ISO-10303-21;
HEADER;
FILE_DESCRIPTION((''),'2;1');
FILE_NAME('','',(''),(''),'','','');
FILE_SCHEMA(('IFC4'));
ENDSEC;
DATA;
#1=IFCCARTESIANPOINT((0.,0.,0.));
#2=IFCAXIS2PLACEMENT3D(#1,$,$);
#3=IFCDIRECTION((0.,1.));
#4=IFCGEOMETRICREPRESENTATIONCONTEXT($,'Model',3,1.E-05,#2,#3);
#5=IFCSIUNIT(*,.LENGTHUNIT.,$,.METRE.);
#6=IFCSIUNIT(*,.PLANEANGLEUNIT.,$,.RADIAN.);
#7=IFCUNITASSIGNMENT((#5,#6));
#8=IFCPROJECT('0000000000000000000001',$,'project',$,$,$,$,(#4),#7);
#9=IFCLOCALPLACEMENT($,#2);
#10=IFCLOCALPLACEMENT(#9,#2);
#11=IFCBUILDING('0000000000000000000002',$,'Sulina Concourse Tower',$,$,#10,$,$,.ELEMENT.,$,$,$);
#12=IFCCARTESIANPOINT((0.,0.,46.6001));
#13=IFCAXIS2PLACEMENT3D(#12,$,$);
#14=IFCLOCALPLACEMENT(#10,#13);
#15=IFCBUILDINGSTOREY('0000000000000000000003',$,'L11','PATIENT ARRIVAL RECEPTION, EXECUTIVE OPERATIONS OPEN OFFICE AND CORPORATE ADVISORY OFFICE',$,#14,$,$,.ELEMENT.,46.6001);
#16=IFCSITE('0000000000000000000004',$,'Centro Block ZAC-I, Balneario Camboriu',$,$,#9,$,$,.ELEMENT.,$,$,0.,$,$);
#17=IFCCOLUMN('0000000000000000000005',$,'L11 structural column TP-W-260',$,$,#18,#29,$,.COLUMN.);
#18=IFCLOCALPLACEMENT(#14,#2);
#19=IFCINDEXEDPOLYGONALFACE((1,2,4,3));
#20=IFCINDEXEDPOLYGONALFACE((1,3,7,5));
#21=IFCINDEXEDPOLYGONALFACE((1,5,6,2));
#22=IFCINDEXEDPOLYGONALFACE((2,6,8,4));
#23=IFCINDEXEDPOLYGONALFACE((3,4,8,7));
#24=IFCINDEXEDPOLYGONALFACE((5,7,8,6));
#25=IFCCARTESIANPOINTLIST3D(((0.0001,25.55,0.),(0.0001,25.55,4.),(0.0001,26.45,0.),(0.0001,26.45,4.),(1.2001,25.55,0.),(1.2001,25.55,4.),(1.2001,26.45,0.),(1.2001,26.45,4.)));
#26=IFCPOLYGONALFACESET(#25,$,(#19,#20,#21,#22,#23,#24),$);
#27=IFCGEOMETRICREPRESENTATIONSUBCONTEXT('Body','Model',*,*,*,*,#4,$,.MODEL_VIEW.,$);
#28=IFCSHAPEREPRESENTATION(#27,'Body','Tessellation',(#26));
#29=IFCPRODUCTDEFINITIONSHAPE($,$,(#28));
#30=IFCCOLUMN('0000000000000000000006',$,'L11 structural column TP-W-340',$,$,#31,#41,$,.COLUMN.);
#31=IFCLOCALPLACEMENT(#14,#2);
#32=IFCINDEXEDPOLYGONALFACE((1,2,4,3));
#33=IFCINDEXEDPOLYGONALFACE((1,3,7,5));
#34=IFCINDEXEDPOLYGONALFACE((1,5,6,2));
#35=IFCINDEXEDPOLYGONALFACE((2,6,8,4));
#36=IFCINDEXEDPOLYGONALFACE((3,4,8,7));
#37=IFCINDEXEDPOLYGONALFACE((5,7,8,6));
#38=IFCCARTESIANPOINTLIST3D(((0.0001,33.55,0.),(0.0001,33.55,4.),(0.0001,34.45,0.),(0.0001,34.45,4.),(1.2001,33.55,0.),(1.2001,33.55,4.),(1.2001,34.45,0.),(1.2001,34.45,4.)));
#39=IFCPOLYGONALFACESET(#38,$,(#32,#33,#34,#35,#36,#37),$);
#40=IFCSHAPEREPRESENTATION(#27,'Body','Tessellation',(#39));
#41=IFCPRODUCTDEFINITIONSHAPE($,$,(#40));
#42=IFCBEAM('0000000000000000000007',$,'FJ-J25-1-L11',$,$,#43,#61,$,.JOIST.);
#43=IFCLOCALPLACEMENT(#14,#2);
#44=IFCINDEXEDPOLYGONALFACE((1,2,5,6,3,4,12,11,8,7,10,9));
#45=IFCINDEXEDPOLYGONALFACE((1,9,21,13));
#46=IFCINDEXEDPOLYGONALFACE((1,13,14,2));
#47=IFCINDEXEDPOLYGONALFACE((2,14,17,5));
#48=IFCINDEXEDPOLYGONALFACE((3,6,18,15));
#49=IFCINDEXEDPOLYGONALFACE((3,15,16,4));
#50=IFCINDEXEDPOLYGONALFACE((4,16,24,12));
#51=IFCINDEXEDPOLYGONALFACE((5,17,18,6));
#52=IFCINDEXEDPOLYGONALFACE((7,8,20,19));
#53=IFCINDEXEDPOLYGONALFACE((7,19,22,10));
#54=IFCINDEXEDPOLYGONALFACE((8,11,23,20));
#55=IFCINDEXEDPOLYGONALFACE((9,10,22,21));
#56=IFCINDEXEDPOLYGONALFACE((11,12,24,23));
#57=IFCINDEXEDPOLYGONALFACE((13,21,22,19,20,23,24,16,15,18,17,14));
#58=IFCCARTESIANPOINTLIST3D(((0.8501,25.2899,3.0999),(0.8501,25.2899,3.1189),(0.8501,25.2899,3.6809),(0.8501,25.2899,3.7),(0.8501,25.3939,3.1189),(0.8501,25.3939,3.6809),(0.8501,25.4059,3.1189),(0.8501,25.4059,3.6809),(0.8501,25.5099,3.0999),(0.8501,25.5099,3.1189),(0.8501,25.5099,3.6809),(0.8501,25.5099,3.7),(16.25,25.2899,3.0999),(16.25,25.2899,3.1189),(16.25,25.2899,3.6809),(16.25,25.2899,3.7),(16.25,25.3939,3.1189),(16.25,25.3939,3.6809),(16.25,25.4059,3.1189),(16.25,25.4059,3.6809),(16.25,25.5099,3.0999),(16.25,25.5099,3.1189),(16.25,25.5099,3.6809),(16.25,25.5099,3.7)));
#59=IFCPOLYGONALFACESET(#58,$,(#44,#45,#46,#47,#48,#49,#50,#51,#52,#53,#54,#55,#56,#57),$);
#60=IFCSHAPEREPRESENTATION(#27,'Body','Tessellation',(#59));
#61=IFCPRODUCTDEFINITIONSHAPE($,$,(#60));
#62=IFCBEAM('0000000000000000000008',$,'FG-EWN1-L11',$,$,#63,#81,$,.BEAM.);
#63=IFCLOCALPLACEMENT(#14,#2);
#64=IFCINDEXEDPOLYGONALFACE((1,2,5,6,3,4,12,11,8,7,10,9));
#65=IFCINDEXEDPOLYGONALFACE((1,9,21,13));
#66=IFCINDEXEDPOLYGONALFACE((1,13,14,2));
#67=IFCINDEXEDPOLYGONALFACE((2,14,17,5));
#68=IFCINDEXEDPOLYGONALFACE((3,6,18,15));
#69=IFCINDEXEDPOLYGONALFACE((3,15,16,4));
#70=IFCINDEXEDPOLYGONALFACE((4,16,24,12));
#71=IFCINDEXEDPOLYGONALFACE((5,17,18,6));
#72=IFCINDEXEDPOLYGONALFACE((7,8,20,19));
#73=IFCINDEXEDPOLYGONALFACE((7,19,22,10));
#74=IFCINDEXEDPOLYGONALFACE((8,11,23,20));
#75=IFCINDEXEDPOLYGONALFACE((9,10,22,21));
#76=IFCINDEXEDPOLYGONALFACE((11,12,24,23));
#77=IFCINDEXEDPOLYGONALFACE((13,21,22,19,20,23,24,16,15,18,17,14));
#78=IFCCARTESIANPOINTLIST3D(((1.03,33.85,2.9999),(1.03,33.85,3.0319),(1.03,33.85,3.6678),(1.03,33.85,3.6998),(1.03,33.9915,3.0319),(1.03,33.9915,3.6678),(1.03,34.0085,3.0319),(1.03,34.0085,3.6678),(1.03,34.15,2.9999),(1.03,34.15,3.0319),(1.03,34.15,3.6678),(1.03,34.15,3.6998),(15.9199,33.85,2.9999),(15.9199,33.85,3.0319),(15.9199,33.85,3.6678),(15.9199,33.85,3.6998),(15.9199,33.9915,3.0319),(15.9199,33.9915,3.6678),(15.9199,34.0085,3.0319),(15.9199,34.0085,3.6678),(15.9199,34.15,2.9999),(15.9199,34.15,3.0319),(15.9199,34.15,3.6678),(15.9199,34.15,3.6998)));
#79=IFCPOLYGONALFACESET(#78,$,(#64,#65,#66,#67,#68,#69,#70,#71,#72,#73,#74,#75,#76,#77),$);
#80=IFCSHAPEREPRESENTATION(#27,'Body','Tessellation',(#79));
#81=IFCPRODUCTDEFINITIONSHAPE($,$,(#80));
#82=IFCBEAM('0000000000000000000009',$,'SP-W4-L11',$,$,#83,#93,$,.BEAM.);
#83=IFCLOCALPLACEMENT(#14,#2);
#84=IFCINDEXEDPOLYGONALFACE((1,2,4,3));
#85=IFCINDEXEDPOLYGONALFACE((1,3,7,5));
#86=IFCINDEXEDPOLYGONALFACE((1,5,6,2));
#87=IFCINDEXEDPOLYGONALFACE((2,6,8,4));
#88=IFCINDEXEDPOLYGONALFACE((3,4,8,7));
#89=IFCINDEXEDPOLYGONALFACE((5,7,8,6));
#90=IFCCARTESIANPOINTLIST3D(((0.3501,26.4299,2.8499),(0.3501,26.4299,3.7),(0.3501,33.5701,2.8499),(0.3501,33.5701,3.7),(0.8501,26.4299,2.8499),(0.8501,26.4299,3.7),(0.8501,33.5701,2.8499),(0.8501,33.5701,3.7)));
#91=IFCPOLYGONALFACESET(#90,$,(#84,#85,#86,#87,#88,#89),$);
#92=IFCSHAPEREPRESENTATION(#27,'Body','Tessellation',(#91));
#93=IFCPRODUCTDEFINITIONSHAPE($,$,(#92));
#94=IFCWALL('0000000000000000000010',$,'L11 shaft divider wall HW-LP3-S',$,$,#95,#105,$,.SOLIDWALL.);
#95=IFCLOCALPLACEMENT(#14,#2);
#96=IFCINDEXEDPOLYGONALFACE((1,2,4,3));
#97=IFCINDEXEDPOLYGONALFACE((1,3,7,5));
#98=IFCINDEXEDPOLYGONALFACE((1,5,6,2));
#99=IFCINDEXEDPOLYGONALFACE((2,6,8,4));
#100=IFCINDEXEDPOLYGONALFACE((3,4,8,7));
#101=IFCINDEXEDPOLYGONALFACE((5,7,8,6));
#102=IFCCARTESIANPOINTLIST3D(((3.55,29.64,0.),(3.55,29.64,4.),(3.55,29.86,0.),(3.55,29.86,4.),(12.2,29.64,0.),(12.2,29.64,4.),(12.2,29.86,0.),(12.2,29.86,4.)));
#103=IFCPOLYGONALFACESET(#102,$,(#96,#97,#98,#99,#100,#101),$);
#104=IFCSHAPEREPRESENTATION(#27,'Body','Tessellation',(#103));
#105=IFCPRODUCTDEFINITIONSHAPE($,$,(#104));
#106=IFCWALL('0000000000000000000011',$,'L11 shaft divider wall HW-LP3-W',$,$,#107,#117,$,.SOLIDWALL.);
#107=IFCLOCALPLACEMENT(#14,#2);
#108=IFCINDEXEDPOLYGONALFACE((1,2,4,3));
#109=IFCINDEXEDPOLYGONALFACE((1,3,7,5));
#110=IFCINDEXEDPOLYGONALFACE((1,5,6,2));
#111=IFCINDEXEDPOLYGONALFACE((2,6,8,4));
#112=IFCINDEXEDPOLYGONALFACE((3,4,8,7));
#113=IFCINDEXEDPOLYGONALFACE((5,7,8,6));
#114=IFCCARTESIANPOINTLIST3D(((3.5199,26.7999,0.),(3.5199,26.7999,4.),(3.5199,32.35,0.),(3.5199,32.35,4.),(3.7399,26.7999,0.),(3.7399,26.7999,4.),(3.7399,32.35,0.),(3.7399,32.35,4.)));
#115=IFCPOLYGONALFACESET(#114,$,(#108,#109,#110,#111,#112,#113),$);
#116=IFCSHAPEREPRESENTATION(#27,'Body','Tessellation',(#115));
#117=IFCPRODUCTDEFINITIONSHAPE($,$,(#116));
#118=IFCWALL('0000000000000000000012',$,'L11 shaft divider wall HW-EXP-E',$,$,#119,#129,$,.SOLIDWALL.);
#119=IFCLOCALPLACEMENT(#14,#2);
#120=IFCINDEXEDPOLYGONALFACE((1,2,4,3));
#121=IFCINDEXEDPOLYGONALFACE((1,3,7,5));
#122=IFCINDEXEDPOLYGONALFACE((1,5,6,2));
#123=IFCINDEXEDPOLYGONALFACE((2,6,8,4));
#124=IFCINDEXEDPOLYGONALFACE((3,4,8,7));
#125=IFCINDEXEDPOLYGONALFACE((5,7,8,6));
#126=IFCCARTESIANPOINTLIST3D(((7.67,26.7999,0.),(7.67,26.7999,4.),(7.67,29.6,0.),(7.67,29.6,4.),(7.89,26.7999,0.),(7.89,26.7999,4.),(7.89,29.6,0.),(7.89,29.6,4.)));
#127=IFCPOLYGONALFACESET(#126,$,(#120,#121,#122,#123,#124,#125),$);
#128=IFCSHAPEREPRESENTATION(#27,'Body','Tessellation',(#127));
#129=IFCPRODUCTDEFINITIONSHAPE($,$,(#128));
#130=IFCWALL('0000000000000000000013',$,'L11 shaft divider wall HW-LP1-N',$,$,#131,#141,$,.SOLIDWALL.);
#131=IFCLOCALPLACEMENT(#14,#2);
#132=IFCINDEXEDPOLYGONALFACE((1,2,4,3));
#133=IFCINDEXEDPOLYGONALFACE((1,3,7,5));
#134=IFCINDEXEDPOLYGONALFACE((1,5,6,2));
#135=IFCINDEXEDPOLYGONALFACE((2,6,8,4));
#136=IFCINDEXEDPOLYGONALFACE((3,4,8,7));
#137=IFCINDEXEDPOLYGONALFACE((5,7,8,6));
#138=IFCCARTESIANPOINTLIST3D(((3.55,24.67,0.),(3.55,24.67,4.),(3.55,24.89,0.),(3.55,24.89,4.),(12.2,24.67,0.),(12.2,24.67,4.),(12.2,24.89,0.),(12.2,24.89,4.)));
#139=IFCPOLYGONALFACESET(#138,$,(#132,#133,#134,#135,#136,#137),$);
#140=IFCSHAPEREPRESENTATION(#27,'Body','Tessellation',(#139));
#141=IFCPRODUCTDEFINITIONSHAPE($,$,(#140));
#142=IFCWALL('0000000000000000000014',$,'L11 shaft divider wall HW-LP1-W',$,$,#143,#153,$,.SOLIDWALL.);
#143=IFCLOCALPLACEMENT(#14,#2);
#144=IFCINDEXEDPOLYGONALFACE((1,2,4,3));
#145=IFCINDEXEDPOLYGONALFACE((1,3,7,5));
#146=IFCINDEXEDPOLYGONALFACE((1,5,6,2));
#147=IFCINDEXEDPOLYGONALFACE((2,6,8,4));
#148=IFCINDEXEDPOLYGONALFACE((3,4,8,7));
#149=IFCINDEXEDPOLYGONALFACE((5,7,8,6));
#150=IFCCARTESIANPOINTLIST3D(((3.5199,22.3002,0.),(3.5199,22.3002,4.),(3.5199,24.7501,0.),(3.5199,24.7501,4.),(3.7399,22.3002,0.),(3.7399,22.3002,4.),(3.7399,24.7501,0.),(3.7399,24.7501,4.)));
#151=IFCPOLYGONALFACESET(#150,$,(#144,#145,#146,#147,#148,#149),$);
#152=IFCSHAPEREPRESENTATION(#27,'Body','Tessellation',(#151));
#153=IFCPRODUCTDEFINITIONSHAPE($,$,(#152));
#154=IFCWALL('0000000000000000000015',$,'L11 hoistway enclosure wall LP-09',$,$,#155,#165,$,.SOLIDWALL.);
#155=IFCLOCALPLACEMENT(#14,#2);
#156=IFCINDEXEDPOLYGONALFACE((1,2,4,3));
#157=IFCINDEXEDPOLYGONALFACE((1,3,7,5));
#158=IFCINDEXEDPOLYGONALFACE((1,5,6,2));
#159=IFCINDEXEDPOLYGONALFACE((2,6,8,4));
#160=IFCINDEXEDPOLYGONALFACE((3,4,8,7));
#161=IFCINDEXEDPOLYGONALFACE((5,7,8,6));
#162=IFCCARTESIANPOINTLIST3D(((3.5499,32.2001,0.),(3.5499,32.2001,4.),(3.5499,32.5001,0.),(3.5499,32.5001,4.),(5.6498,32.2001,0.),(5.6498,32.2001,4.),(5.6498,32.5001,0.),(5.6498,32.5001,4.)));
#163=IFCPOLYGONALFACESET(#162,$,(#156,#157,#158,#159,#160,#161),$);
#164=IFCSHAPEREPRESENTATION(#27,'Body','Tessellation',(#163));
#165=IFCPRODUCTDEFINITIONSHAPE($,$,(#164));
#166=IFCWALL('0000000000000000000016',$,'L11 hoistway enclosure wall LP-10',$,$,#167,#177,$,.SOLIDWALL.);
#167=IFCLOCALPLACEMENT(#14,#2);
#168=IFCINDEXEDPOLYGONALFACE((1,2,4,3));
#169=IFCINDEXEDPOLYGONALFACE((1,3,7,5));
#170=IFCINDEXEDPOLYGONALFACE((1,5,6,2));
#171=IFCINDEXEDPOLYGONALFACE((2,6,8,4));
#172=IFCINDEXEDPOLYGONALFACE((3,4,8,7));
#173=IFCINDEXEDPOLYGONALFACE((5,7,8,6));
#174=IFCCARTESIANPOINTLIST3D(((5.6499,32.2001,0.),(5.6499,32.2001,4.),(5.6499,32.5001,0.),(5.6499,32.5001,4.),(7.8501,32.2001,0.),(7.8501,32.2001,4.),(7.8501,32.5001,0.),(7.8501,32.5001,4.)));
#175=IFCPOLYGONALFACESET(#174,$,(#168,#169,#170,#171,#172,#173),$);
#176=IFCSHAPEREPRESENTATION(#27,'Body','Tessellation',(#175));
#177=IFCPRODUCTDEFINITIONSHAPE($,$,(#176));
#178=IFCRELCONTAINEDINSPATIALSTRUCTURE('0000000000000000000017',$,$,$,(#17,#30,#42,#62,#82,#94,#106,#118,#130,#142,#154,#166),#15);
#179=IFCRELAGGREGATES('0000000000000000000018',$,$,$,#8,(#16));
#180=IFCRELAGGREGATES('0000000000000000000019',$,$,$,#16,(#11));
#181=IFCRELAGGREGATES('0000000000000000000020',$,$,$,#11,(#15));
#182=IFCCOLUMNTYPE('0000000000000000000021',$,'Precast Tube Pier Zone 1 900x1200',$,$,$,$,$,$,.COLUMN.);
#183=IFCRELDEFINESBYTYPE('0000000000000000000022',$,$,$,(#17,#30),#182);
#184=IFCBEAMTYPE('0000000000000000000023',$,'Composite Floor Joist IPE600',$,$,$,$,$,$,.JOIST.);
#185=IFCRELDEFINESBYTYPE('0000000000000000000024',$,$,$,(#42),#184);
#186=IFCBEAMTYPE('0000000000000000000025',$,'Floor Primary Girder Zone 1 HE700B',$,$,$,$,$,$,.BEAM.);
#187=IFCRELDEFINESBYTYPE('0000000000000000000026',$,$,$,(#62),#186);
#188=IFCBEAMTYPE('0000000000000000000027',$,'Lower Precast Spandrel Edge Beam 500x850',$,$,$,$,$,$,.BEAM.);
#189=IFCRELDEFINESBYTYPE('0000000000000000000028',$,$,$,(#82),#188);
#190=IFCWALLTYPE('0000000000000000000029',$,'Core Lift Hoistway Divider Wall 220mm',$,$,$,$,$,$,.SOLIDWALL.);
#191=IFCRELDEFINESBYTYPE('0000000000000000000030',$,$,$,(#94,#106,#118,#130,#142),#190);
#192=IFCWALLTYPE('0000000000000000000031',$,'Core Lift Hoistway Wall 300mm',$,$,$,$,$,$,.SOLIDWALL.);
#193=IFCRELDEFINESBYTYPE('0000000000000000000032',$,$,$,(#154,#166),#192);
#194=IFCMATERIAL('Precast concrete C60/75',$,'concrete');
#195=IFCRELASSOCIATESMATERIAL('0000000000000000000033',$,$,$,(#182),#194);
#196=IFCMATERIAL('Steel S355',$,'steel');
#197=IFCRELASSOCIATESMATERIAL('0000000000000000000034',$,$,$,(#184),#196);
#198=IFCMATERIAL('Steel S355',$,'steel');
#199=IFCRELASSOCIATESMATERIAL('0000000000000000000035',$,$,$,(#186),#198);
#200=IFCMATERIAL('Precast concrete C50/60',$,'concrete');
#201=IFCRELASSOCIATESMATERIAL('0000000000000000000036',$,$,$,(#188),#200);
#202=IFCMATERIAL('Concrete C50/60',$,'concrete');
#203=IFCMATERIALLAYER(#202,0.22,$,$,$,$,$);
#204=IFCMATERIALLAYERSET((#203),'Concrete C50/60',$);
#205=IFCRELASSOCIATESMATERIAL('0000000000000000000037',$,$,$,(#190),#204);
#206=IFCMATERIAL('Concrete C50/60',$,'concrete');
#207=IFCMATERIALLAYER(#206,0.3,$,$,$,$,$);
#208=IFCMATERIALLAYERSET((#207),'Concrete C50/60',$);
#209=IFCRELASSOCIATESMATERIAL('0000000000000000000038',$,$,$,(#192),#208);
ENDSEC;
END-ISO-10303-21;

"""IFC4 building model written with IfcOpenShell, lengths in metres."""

from ifc_helpers import new_model, si_unit, direction, frame, frame_2d, origin, origin_2d, place, context, subcontext, project, spatial, rectangle, i_section, extrude, material, layer, layer_set, material_profile, profile_set, type_object, element, save


model = new_model("IFC4")

# Units and contexts
model_context = context("Model", 3, precision=1e-05, world=origin(), true_north=direction((0.0, 1.0)))
body_context = subcontext(model_context, "Body", "Model", "MODEL_VIEW")
ifc_project = project(units=[si_unit("LENGTHUNIT", "METRE"), si_unit("PLANEANGLEUNIT", "RADIAN")], contexts=[model_context])

# Site, building, storey
site_placement = place(None, origin())
site = spatial("IfcSite", under=ifc_project, at=site_placement, Name="Centro Block ZAC-I, Balneario Camboriu", CompositionType="ELEMENT", RefElevation=0.0)
building_placement = place(site_placement, origin())
building = spatial("IfcBuilding", under=site, at=building_placement, Name="Sulina Concourse Tower", CompositionType="ELEMENT")
storey_placement = place(building_placement, frame((0.0, 0.0, 46.6001)))
storey = spatial("IfcBuildingStorey", under=building, at=storey_placement, Name="L11", Description="PATIENT ARRIVAL RECEPTION, EXECUTIVE OPERATIONS OPEN OFFICE AND CORPORATE ADVISORY OFFICE", CompositionType="ELEMENT", Elevation=46.6001)

# Columns
ifc_material_1 = material(Name="Precast concrete C60/75", Category="concrete")
ifc_material_profile_1 = material_profile(ifc_material_1, rectangle(XDim=0.8999, YDim=1.2, at=origin_2d()), Name="PC 900x1200")
ifc_profile_set_1 = profile_set([ifc_material_profile_1], Name="Precast concrete C60/75")
column_type = type_object("IfcColumnType", Name="Precast Tube Pier Zone 1 900x1200", PredefinedType="COLUMN", material=ifc_profile_set_1)
for number, where, z_axis, x_axis, name in (
    (1, (0.6001, 26.0, 0.0), (0.0, 0.0, 1.0), (0.0, 1.0, 0.0), "L11 structural column TP-W-260"),
    (2, (0.6001, 34.0, 0.0), (0.0, 0.0, 1.0), (0.0, 1.0, 0.0), "L11 structural column TP-W-340"),
):
    element("IfcColumn", number, at=place(storey_placement, frame(where, z_axis=z_axis, x_axis=x_axis)), inside=storey, type_object=column_type, Name=name, PredefinedType="COLUMN", context=body_context, shape_type="SweptSolid", body=[
        extrude(rectangle(XDim=0.8999, YDim=1.2, at=origin_2d()), origin(), (0.0, 0.0, 1.0), 4.0),
    ])

# Beams
ifc_material_2 = material(Name="Steel S355", Category="steel")
ifc_material_profile_2 = material_profile(ifc_material_2, i_section(OverallWidth=0.22, OverallDepth=0.6001, WebThickness=0.012, FlangeThickness=0.019, at=origin_2d()), Name="IPE 600")
ifc_profile_set_2 = profile_set([ifc_material_profile_2], Name="Steel S355")
beam_type_1 = type_object("IfcBeamType", Name="Composite Floor Joist IPE600", PredefinedType="JOIST", material=ifc_profile_set_2)
beam_1_placement = place(storey_placement, frame((0.8501, 25.3999, 3.3999), z_axis=(1.0, 0.0, 0.0), x_axis=(0.0, 1.0, 0.0)))
element("IfcBeam", 3, at=beam_1_placement, inside=storey, type_object=beam_type_1, Name="FJ-J25-1-L11", PredefinedType="JOIST", context=body_context, shape_type="SweptSolid", body=[
    extrude(i_section(OverallWidth=0.22, OverallDepth=0.6001, WebThickness=0.012, FlangeThickness=0.019, at=origin_2d()), origin(), (0.0, 0.0, 1.0), 15.3999),
])
ifc_material_3 = material(Name="Steel S355", Category="steel")
ifc_material_profile_3 = material_profile(ifc_material_3, i_section(OverallWidth=0.3, OverallDepth=0.7, WebThickness=0.0171, FlangeThickness=0.032, at=origin_2d()), Name="HE 700 B")
ifc_profile_set_3 = profile_set([ifc_material_profile_3], Name="Steel S355")
beam_type_2 = type_object("IfcBeamType", Name="Floor Primary Girder Zone 1 HE700B", PredefinedType="BEAM", material=ifc_profile_set_3)
beam_2_placement = place(storey_placement, frame((1.03, 34.0, 3.3499), z_axis=(1.0, 0.0, 0.0), x_axis=(0.0, 1.0, 0.0)))
element("IfcBeam", 4, at=beam_2_placement, inside=storey, type_object=beam_type_2, Name="FG-EWN1-L11", PredefinedType="BEAM", context=body_context, shape_type="SweptSolid", body=[
    extrude(i_section(OverallWidth=0.3, OverallDepth=0.7, WebThickness=0.0171, FlangeThickness=0.032, at=origin_2d()), origin(), (0.0, 0.0, 1.0), 14.8899),
])
ifc_material_4 = material(Name="Precast concrete C50/60", Category="concrete")
ifc_material_profile_4 = material_profile(ifc_material_4, rectangle(XDim=0.5, YDim=0.8501, at=origin_2d()), Name="RC 500x850")
ifc_profile_set_4 = profile_set([ifc_material_profile_4], Name="Precast concrete C50/60")
beam_type_3 = type_object("IfcBeamType", Name="Lower Precast Spandrel Edge Beam 500x850", PredefinedType="BEAM", material=ifc_profile_set_4)
beam_3_placement = place(storey_placement, frame((0.6001, 26.4299, 3.2749), z_axis=(0.0, 1.0, 0.0), x_axis=(-1.0, 0.0, 0.0)))
element("IfcBeam", 5, at=beam_3_placement, inside=storey, type_object=beam_type_3, Name="SP-W4-L11", PredefinedType="BEAM", context=body_context, shape_type="SweptSolid", body=[
    extrude(rectangle(XDim=0.5, YDim=0.8501, at=origin_2d()), origin(), (0.0, 0.0, 1.0), 7.1401),
])

# Walls
ifc_material_5 = material(Name="Concrete C50/60", Category="concrete")
ifc_layer_1 = layer(ifc_material_5, 0.22)
ifc_layer_set_1 = layer_set([ifc_layer_1], Name="Concrete C50/60")
wall_type_1 = type_object("IfcWallType", Name="Core Lift Hoistway Divider Wall 220mm", PredefinedType="SOLIDWALL", material=ifc_layer_set_1)
wall_1_placement = place(storey_placement, frame((3.55, 29.75, 0.0), z_axis=(0.0, 0.0, 1.0), x_axis=(1.0, 0.0, 0.0)))
element("IfcWall", 6, at=wall_1_placement, inside=storey, type_object=wall_type_1, Name="L11 shaft divider wall HW-LP3-S", PredefinedType="SOLIDWALL", context=body_context, shape_type="SweptSolid", body=[
    extrude(rectangle(XDim=8.6499, YDim=0.22, at=frame_2d((4.325, 0.0))), origin(), (0.0, 0.0, 1.0), 4.0),
])
wall_2_placement = place(storey_placement, frame((3.6299, 26.8, 0.0), z_axis=(0.0, 0.0, 1.0), x_axis=(0.0, 1.0, 0.0)))
element("IfcWall", 7, at=wall_2_placement, inside=storey, type_object=wall_type_1, Name="L11 shaft divider wall HW-LP3-W", PredefinedType="SOLIDWALL", context=body_context, shape_type="SweptSolid", body=[
    extrude(rectangle(XDim=5.55, YDim=0.22, at=frame_2d((2.7749, 0.0))), origin(), (0.0, 0.0, 1.0), 4.0),
])
wall_3_placement = place(storey_placement, frame((7.78, 26.8, 0.0), z_axis=(0.0, 0.0, 1.0), x_axis=(0.0, 1.0, 0.0)))
element("IfcWall", 8, at=wall_3_placement, inside=storey, type_object=wall_type_1, Name="L11 shaft divider wall HW-EXP-E", PredefinedType="SOLIDWALL", context=body_context, shape_type="SweptSolid", body=[
    extrude(rectangle(XDim=2.8, YDim=0.22, at=frame_2d((1.3999, 0.0))), origin(), (0.0, 0.0, 1.0), 4.0),
])
wall_4_placement = place(storey_placement, frame((3.55, 24.78, 0.0), z_axis=(0.0, 0.0, 1.0), x_axis=(1.0, 0.0, 0.0)))
element("IfcWall", 9, at=wall_4_placement, inside=storey, type_object=wall_type_1, Name="L11 shaft divider wall HW-LP1-N", PredefinedType="SOLIDWALL", context=body_context, shape_type="SweptSolid", body=[
    extrude(rectangle(XDim=8.6499, YDim=0.22, at=frame_2d((4.325, 0.0))), origin(), (0.0, 0.0, 1.0), 4.0),
])
wall_5_placement = place(storey_placement, frame((3.6299, 22.3, 0.0), z_axis=(0.0, 0.0, 1.0), x_axis=(0.0, 1.0, 0.0)))
element("IfcWall", 10, at=wall_5_placement, inside=storey, type_object=wall_type_1, Name="L11 shaft divider wall HW-LP1-W", PredefinedType="SOLIDWALL", context=body_context, shape_type="SweptSolid", body=[
    extrude(rectangle(XDim=2.45, YDim=0.22, at=frame_2d((1.2251, 0.0))), origin(), (0.0, 0.0, 1.0), 4.0),
])
ifc_material_6 = material(Name="Concrete C50/60", Category="concrete")
ifc_layer_2 = layer(ifc_material_6, 0.3)
ifc_layer_set_2 = layer_set([ifc_layer_2], Name="Concrete C50/60")
wall_type_2 = type_object("IfcWallType", Name="Core Lift Hoistway Wall 300mm", PredefinedType="SOLIDWALL", material=ifc_layer_set_2)
wall_6_placement = place(storey_placement, frame((3.55, 32.3501, 0.0), z_axis=(0.0, 0.0, 1.0), x_axis=(1.0, 0.0, 0.0)))
element("IfcWall", 11, at=wall_6_placement, inside=storey, type_object=wall_type_2, Name="L11 hoistway enclosure wall LP-09", PredefinedType="SOLIDWALL", context=body_context, shape_type="SweptSolid", body=[
    extrude(rectangle(XDim=2.0999, YDim=0.3, at=frame_2d((1.0498, 0.0))), origin(), (0.0, 0.0, 1.0), 4.0),
])
wall_7_placement = place(storey_placement, frame((5.6499, 32.3501, 0.0), z_axis=(0.0, 0.0, 1.0), x_axis=(1.0, 0.0, 0.0)))
element("IfcWall", 12, at=wall_7_placement, inside=storey, type_object=wall_type_2, Name="L11 hoistway enclosure wall LP-10", PredefinedType="SOLIDWALL", context=body_context, shape_type="SweptSolid", body=[
    extrude(rectangle(XDim=2.2002, YDim=0.3, at=frame_2d((1.1001, 0.0))), origin(), (0.0, 0.0, 1.0), 4.0),
])

save(model, "model.ifc")
